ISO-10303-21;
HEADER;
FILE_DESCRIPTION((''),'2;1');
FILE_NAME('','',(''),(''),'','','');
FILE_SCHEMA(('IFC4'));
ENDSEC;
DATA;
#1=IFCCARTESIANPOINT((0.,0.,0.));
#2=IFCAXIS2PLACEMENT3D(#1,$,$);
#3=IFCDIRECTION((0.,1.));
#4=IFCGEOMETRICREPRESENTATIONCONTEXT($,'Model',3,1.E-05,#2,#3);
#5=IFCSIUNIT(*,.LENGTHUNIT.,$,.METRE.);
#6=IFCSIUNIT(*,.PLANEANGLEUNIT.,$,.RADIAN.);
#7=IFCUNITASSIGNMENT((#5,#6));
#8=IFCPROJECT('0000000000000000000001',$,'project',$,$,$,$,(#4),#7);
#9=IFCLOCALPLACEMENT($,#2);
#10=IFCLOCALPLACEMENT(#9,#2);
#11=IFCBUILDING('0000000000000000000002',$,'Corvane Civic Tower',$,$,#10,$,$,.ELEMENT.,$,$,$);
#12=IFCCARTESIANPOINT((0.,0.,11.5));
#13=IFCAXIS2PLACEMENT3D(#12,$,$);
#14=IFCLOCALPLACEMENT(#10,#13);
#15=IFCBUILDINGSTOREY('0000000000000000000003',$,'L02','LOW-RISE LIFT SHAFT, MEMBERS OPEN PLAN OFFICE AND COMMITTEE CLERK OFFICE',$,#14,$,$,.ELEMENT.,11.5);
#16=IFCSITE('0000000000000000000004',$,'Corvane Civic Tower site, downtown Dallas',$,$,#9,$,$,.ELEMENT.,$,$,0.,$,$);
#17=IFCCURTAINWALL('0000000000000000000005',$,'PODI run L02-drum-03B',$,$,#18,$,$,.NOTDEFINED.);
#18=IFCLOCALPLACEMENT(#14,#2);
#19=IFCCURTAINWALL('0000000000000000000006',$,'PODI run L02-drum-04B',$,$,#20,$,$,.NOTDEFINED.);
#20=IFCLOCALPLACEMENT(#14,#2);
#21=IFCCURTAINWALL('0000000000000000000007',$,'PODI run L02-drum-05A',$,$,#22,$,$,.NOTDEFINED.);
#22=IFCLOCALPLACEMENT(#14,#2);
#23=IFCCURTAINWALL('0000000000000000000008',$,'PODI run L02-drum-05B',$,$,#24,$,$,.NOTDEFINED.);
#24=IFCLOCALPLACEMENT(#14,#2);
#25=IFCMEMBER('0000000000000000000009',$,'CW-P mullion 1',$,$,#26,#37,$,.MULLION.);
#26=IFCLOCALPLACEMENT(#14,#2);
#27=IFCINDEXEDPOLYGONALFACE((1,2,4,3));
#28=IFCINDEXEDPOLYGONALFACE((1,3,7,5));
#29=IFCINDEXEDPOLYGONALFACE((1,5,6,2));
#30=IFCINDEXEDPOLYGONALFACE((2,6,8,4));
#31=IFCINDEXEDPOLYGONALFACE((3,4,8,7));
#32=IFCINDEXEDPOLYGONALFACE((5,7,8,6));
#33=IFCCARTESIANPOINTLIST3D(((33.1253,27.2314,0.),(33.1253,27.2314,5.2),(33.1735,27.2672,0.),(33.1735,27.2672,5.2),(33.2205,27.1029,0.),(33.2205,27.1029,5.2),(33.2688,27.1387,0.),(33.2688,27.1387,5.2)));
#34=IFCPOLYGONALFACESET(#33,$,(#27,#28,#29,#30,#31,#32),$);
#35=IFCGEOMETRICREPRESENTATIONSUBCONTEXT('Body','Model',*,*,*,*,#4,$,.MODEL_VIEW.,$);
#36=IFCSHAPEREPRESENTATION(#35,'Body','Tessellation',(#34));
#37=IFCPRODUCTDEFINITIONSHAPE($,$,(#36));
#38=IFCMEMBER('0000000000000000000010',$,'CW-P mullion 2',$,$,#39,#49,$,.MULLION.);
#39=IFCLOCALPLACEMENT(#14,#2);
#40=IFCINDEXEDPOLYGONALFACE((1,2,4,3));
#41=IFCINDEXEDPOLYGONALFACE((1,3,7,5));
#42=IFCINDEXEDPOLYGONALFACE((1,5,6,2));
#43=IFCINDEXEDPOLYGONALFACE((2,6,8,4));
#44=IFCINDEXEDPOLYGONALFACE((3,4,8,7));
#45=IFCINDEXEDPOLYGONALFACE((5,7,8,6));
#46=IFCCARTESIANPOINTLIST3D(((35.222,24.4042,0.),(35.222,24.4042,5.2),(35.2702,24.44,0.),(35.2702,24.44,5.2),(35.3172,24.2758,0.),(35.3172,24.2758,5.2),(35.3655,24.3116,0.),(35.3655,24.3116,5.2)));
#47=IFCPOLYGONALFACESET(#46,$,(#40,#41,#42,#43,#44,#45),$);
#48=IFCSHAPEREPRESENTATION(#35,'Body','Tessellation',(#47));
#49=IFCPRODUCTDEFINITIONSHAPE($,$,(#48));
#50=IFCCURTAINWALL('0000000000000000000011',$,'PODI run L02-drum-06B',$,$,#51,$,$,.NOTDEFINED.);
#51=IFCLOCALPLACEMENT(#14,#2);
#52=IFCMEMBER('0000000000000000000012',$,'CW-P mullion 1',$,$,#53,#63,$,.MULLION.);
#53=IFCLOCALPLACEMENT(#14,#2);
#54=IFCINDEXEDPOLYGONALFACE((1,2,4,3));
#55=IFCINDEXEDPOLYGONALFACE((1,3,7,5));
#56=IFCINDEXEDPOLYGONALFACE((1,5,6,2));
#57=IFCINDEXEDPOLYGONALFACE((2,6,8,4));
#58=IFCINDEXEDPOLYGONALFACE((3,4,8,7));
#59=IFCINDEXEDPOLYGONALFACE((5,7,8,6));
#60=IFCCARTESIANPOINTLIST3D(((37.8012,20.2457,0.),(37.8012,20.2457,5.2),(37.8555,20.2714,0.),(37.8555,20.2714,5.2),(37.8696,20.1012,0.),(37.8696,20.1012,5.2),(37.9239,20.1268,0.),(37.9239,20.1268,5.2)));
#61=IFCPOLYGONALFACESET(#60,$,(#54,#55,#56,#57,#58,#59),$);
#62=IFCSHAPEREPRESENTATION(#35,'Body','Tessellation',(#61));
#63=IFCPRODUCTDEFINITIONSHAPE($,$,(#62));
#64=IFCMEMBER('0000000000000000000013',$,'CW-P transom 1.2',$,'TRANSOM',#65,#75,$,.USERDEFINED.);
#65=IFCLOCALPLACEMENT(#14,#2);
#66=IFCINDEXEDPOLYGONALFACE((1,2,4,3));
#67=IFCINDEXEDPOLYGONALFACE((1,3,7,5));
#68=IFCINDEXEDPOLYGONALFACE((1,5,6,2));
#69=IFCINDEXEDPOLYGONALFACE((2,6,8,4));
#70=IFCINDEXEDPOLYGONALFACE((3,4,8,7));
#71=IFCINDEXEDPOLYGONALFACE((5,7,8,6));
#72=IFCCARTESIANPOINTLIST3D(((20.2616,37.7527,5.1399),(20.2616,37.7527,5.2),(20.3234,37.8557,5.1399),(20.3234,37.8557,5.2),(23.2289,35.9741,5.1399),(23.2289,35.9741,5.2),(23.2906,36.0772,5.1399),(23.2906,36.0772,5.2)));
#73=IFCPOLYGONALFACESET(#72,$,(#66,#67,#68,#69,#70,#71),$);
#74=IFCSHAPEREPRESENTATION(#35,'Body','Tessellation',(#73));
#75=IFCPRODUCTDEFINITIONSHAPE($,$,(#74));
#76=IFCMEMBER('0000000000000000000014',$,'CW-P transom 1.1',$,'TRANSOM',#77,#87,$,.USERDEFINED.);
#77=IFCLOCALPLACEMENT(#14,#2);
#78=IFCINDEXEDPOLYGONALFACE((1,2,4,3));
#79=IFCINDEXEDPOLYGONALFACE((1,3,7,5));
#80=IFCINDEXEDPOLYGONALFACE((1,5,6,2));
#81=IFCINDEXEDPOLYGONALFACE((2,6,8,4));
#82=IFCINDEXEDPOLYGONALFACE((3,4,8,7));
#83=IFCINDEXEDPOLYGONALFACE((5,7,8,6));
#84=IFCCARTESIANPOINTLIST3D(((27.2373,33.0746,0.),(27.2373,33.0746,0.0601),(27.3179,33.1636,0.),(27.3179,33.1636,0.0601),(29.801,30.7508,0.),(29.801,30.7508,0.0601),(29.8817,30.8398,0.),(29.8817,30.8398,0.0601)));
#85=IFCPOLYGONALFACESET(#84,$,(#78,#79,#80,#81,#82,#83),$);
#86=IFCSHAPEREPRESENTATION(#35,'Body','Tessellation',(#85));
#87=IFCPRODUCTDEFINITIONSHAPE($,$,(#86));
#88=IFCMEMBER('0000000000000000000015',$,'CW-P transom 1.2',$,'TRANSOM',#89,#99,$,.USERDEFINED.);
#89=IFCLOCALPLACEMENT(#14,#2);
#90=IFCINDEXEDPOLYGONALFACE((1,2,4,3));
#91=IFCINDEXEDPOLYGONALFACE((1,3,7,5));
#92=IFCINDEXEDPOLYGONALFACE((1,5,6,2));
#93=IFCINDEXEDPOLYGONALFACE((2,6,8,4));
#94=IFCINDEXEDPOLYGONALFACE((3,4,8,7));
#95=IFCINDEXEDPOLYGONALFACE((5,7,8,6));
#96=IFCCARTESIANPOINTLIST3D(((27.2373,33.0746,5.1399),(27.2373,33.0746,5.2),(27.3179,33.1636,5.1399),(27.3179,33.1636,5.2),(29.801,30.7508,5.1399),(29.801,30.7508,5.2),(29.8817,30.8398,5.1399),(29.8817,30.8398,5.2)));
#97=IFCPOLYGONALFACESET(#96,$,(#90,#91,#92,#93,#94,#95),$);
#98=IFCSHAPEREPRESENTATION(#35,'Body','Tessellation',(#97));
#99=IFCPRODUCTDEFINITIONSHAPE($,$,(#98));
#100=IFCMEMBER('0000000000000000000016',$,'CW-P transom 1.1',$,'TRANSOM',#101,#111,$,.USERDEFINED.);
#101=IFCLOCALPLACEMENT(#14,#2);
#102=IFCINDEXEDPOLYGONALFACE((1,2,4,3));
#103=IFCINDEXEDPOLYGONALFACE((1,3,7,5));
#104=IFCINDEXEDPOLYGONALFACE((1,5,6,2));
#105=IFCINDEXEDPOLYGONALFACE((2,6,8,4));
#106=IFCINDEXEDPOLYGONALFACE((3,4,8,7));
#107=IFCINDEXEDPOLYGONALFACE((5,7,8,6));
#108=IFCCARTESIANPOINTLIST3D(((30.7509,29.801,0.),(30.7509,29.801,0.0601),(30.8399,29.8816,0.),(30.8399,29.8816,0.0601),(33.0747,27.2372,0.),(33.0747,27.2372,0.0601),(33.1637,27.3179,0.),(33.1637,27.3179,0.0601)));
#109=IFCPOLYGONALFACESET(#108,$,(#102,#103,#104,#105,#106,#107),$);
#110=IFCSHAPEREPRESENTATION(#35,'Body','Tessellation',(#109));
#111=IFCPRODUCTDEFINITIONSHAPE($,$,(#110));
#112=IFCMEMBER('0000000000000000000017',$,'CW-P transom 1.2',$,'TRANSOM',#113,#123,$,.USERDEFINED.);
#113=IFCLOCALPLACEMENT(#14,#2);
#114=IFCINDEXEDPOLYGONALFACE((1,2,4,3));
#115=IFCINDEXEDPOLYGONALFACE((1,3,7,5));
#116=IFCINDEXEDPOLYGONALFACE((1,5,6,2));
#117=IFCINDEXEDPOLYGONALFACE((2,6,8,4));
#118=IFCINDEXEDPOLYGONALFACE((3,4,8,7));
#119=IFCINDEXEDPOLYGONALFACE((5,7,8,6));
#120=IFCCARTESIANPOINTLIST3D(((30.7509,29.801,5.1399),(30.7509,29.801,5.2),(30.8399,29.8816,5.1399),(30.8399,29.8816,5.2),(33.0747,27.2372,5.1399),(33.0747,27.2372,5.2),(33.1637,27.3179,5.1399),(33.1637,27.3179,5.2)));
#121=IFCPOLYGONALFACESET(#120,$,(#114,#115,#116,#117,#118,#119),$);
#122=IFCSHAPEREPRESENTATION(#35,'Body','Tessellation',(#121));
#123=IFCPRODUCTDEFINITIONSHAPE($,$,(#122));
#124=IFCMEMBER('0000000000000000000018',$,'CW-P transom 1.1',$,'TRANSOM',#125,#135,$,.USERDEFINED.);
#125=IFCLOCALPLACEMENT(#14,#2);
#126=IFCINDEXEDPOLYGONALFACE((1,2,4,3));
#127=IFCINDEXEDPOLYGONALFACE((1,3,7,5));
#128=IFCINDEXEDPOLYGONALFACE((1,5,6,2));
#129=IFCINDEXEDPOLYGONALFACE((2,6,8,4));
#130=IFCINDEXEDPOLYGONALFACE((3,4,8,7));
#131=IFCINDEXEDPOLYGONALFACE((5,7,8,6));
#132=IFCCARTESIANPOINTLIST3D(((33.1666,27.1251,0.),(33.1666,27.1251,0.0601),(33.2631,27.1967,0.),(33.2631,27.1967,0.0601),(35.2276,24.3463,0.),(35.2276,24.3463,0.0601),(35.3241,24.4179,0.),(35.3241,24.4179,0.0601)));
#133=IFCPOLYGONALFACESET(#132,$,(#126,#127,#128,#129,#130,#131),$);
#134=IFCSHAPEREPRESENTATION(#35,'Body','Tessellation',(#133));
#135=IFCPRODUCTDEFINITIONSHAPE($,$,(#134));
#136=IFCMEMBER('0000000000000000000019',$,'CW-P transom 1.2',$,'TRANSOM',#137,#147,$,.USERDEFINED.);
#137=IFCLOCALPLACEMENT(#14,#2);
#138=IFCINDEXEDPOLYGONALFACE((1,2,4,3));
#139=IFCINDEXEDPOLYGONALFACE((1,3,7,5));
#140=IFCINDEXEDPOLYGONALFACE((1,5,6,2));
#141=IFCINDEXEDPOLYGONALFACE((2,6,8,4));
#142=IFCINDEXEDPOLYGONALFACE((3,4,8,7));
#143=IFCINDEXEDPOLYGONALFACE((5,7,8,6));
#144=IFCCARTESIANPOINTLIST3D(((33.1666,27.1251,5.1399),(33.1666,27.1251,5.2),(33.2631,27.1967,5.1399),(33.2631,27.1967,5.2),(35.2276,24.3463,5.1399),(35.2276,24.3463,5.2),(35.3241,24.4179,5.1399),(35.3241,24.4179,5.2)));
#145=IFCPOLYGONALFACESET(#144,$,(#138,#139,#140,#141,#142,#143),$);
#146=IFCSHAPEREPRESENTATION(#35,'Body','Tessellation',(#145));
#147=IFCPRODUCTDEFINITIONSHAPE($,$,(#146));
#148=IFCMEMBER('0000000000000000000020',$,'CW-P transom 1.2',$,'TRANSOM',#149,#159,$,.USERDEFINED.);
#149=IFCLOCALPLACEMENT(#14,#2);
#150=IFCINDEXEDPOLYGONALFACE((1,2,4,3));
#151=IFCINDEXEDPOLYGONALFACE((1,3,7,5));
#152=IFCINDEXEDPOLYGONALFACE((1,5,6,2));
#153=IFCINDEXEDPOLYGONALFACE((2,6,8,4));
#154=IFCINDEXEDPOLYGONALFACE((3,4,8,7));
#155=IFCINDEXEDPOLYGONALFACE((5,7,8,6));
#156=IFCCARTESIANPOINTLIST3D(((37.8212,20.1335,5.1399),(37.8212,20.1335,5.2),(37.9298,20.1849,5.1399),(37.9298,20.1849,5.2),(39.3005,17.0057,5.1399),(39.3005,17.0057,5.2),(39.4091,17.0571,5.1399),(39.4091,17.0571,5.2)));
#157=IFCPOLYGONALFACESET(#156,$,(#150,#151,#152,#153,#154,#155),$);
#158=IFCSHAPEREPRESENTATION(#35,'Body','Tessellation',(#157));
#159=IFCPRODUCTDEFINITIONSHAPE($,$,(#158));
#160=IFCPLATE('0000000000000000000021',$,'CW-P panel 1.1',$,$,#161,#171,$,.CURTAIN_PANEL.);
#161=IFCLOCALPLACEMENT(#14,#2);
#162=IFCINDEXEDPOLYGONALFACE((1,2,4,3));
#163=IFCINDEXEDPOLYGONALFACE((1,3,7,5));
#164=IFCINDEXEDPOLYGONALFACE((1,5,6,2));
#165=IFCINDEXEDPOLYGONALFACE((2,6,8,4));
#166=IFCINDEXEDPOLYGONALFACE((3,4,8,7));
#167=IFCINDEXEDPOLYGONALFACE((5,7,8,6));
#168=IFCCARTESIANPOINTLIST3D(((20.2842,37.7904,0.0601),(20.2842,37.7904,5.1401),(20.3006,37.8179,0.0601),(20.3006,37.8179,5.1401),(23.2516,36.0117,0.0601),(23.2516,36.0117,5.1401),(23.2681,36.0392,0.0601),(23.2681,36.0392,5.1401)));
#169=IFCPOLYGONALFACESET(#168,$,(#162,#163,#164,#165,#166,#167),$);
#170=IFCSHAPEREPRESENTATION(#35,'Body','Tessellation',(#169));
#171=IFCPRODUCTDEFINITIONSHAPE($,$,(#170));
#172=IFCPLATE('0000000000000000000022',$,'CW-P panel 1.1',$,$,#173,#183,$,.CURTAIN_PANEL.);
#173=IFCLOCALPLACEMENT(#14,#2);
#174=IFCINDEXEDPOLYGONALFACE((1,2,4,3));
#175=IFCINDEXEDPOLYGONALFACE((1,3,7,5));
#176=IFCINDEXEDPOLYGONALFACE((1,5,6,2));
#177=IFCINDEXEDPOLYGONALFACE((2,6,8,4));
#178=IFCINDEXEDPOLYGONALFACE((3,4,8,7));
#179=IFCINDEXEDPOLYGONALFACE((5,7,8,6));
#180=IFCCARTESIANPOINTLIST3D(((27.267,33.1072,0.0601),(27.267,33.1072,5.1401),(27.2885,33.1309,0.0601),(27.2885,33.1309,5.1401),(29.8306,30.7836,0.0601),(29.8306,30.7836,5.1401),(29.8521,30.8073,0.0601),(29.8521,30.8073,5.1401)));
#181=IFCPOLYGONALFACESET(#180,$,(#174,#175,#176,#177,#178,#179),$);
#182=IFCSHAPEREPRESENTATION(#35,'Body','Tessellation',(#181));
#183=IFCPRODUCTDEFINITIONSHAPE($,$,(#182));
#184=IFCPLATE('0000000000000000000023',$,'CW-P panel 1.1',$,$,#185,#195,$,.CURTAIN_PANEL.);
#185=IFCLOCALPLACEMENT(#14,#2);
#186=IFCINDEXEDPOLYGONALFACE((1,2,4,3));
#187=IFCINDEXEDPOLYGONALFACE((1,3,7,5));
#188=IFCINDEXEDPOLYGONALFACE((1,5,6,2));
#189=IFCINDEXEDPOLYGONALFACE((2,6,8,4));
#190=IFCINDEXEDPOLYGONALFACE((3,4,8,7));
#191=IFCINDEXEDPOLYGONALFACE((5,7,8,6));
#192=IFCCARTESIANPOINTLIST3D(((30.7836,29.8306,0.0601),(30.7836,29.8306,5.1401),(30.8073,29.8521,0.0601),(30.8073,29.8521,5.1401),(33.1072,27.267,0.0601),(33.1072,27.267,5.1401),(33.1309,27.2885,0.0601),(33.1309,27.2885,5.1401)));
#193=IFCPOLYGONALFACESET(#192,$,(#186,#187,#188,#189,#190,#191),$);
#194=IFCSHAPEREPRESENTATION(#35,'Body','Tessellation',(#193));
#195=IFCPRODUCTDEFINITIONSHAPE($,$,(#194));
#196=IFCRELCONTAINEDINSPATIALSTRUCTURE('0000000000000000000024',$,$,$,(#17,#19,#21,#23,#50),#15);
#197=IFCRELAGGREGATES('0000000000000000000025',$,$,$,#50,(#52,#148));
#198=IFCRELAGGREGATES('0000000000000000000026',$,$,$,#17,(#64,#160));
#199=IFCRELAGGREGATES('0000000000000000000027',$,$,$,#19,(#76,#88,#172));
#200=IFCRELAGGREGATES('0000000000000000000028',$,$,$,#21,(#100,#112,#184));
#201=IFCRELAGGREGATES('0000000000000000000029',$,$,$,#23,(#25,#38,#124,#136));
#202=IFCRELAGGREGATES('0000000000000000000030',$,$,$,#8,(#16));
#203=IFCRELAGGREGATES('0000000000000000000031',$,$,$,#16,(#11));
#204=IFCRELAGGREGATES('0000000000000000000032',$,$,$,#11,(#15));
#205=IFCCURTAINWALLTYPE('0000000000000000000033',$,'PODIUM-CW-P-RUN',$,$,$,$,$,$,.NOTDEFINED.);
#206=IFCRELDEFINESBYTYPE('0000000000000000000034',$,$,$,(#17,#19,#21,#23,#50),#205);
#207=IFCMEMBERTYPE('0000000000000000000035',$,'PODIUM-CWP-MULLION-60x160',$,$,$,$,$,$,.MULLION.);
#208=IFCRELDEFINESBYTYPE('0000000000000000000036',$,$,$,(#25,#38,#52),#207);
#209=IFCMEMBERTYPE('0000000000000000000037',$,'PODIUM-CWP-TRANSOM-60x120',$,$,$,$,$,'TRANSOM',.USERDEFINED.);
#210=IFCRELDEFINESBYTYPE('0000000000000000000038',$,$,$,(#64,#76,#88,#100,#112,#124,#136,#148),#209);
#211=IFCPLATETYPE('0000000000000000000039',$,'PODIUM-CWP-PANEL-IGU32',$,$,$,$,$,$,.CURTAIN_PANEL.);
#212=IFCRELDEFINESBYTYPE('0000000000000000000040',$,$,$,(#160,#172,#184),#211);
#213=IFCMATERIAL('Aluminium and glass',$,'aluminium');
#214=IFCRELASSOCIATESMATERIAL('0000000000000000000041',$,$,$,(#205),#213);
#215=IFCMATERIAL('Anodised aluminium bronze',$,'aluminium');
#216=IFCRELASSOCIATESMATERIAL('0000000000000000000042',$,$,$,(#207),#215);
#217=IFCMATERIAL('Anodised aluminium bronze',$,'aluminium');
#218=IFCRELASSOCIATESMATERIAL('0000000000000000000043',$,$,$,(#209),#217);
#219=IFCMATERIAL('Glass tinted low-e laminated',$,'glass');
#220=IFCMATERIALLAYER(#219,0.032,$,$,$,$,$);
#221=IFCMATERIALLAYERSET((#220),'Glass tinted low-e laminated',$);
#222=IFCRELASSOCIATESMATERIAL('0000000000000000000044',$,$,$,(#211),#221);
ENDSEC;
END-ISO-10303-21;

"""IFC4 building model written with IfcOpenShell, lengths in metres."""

from ifc_helpers import new_model, si_unit, direction, frame, origin, origin_2d, place, context, subcontext, project, spatial, rectangle, extrude, material, layer, layer_set, material_profile, profile_set, type_object, element, aggregate, save


model = new_model("IFC4")

# Units and contexts
model_context = context("Model", 3, precision=1e-05, world=origin(), true_north=direction((0.0, 1.0)))
body_context = subcontext(model_context, "Body", "Model", "MODEL_VIEW")
ifc_project = project(units=[si_unit("LENGTHUNIT", "METRE"), si_unit("PLANEANGLEUNIT", "RADIAN")], contexts=[model_context])

# Site, building, storey
site_placement = place(None, origin())
site = spatial("IfcSite", under=ifc_project, at=site_placement, Name="Corvane Civic Tower site, downtown Dallas", CompositionType="ELEMENT", RefElevation=0.0)
building_placement = place(site_placement, origin())
building = spatial("IfcBuilding", under=site, at=building_placement, Name="Corvane Civic Tower", CompositionType="ELEMENT")
storey_placement = place(building_placement, frame((0.0, 0.0, 11.5)))
storey = spatial("IfcBuildingStorey", under=building, at=storey_placement, Name="L02", Description="LOW-RISE LIFT SHAFT, MEMBERS OPEN PLAN OFFICE AND COMMITTEE CLERK OFFICE", CompositionType="ELEMENT", Elevation=11.5)

# Curtain wall
ifc_material_1 = material(Name="Aluminium and glass", Category="aluminium")
curtain_wall_type = type_object("IfcCurtainWallType", Name="PODIUM-CW-P-RUN", PredefinedType="NOTDEFINED", material=ifc_material_1)
curtain_wall_1_placement = place(storey_placement, origin())
curtain_wall_1 = element("IfcCurtainWall", 1, at=curtain_wall_1_placement, inside=storey, type_object=curtain_wall_type, Name="PODI run L02-drum-03B", PredefinedType="NOTDEFINED")
ifc_material_2 = material(Name="Anodised aluminium bronze", Category="aluminium")
ifc_material_profile_1 = material_profile(ifc_material_2, rectangle(XDim=0.0601, YDim=0.1599, at=origin_2d()), Name="AL 60x160")
ifc_profile_set_1 = profile_set([ifc_material_profile_1], Name="Anodised aluminium bronze")
member_type_1 = type_object("IfcMemberType", Name="PODIUM-CWP-MULLION-60x160", PredefinedType="MULLION", material=ifc_profile_set_1)

# Curtain walls, members
curtain_wall_2_placement = place(storey_placement, origin())
curtain_wall_2 = element("IfcCurtainWall", 2, at=curtain_wall_2_placement, inside=storey, type_object=curtain_wall_type, Name="PODI run L02-drum-04B", PredefinedType="NOTDEFINED")
curtain_wall_3_placement = place(storey_placement, origin())
curtain_wall_3 = element("IfcCurtainWall", 3, at=curtain_wall_3_placement, inside=storey, type_object=curtain_wall_type, Name="PODI run L02-drum-05A", PredefinedType="NOTDEFINED")
curtain_wall_4_placement = place(storey_placement, origin())
curtain_wall_4 = element("IfcCurtainWall", 4, at=curtain_wall_4_placement, inside=storey, type_object=curtain_wall_type, Name="PODI run L02-drum-05B", PredefinedType="NOTDEFINED")
member_1_placement = place(storey_placement, frame((33.197, 27.1851, 0.0), z_axis=(0.0, 0.0, 1.0), x_axis=(0.803203, 0.595705, 0.0)))
member_1 = element("IfcMember", 5, at=member_1_placement, type_object=member_type_1, Name="CW-P mullion 1", PredefinedType="MULLION", context=body_context, shape_type="SweptSolid", body=[
    extrude(rectangle(XDim=0.0601, YDim=0.1599, at=origin_2d()), origin(), (0.0, 0.0, 1.0), 5.2),
])
member_2_placement = place(storey_placement, frame((35.2937, 24.3579, 0.0), z_axis=(0.0, 0.0, 1.0), x_axis=(0.803203, 0.595705, 0.0)))
member_2 = element("IfcMember", 6, at=member_2_placement, type_object=member_type_1, Name="CW-P mullion 2", PredefinedType="MULLION", context=body_context, shape_type="SweptSolid", body=[
    extrude(rectangle(XDim=0.0601, YDim=0.1599, at=origin_2d()), origin(), (0.0, 0.0, 1.0), 5.2),
])

# Curtain wall, member
curtain_wall_5_placement = place(storey_placement, origin())
curtain_wall_5 = element("IfcCurtainWall", 7, at=curtain_wall_5_placement, inside=storey, type_object=curtain_wall_type, Name="PODI run L02-drum-06B", PredefinedType="NOTDEFINED")
member_3_placement = place(storey_placement, frame((37.8625, 20.1863, 0.0), z_axis=(0.0, 0.0, 1.0), x_axis=(0.90399, 0.427553, 0.0)))
member_3 = element("IfcMember", 8, at=member_3_placement, type_object=member_type_1, Name="CW-P mullion 1", PredefinedType="MULLION", context=body_context, shape_type="SweptSolid", body=[
    extrude(rectangle(XDim=0.0601, YDim=0.1599, at=origin_2d()), origin(), (0.0, 0.0, 1.0), 5.2),
])

# Members
ifc_material_3 = material(Name="Anodised aluminium bronze", Category="aluminium")
ifc_material_profile_2 = material_profile(ifc_material_3, rectangle(XDim=0.1201, YDim=0.0601, at=origin_2d()), Name="AL 120x60")
ifc_profile_set_2 = profile_set([ifc_material_profile_2], Name="Anodised aluminium bronze")
member_type_2 = type_object("IfcMemberType", Name="PODIUM-CWP-TRANSOM-60x120", ElementType="TRANSOM", PredefinedType="USERDEFINED", material=ifc_profile_set_2)
member_4_placement = place(storey_placement, frame((20.2925, 37.8042, 5.1699), z_axis=(0.857723, -0.514112, 0.0), x_axis=(0.514112, 0.857723, 0.0)))
member_4 = element("IfcMember", 9, at=member_4_placement, type_object=member_type_2, Name="CW-P transom 1.2", ObjectType="TRANSOM", PredefinedType="USERDEFINED", context=body_context, shape_type="SweptSolid", body=[
    extrude(rectangle(XDim=0.1201, YDim=0.0601, at=origin_2d()), origin(), (0.0, 0.0, 1.0), 3.4595),
])
member_5_placement = place(storey_placement, frame((27.2776, 33.1191, 0.03), z_axis=(0.740935, -0.671576, 0.0), x_axis=(0.671576, 0.740935, 0.0)))
member_5 = element("IfcMember", 10, at=member_5_placement, type_object=member_type_2, Name="CW-P transom 1.1", ObjectType="TRANSOM", PredefinedType="USERDEFINED", context=body_context, shape_type="SweptSolid", body=[
    extrude(rectangle(XDim=0.1201, YDim=0.0601, at=origin_2d()), origin(), (0.0, 0.0, 1.0), 3.4602),
])
member_6_placement = place(storey_placement, frame((27.2776, 33.1191, 5.1699), z_axis=(0.740935, -0.671576, 0.0), x_axis=(0.671576, 0.740935, 0.0)))
member_6 = element("IfcMember", 11, at=member_6_placement, type_object=member_type_2, Name="CW-P transom 1.2", ObjectType="TRANSOM", PredefinedType="USERDEFINED", context=body_context, shape_type="SweptSolid", body=[
    extrude(rectangle(XDim=0.1201, YDim=0.0601, at=origin_2d()), origin(), (0.0, 0.0, 1.0), 3.4602),
])
member_7_placement = place(storey_placement, frame((30.7954, 29.8413, 0.03), z_axis=(0.671576, -0.740935, 0.0), x_axis=(0.740935, 0.671576, 0.0)))
member_7 = element("IfcMember", 12, at=member_7_placement, type_object=member_type_2, Name="CW-P transom 1.1", ObjectType="TRANSOM", PredefinedType="USERDEFINED", context=body_context, shape_type="SweptSolid", body=[
    extrude(rectangle(XDim=0.1201, YDim=0.0601, at=origin_2d()), origin(), (0.0, 0.0, 1.0), 3.4602),
])
member_8_placement = place(storey_placement, frame((30.7954, 29.8413, 5.1699), z_axis=(0.671576, -0.740935, 0.0), x_axis=(0.740935, 0.671576, 0.0)))
member_8 = element("IfcMember", 13, at=member_8_placement, type_object=member_type_2, Name="CW-P transom 1.2", ObjectType="TRANSOM", PredefinedType="USERDEFINED", context=body_context, shape_type="SweptSolid", body=[
    extrude(rectangle(XDim=0.1201, YDim=0.0601, at=origin_2d()), origin(), (0.0, 0.0, 1.0), 3.4602),
])
member_9_placement = place(storey_placement, frame((33.2148, 27.1609, 0.03), z_axis=(0.595724, -0.80319, 0.0), x_axis=(0.80319, 0.595724, 0.0)))
member_9 = element("IfcMember", 14, at=member_9_placement, type_object=member_type_2, Name="CW-P transom 1.1", ObjectType="TRANSOM", PredefinedType="USERDEFINED", context=body_context, shape_type="SweptSolid", body=[
    extrude(rectangle(XDim=0.1201, YDim=0.0601, at=origin_2d()), origin(), (0.0, 0.0, 1.0), 3.4597),
])
member_10_placement = place(storey_placement, frame((33.2148, 27.1609, 5.1699), z_axis=(0.595724, -0.80319, 0.0), x_axis=(0.80319, 0.595724, 0.0)))
member_10 = element("IfcMember", 15, at=member_10_placement, type_object=member_type_2, Name="CW-P transom 1.2", ObjectType="TRANSOM", PredefinedType="USERDEFINED", context=body_context, shape_type="SweptSolid", body=[
    extrude(rectangle(XDim=0.1201, YDim=0.0601, at=origin_2d()), origin(), (0.0, 0.0, 1.0), 3.4597),
])
member_11_placement = place(storey_placement, frame((37.8755, 20.1592, 5.1699), z_axis=(0.427546, -0.903993, 0.0), x_axis=(0.903993, 0.427546, 0.0)))
member_11 = element("IfcMember", 16, at=member_11_placement, type_object=member_type_2, Name="CW-P transom 1.2", ObjectType="TRANSOM", PredefinedType="USERDEFINED", context=body_context, shape_type="SweptSolid", body=[
    extrude(rectangle(XDim=0.1201, YDim=0.0601, at=origin_2d()), origin(), (0.0, 0.0, 1.0), 3.46),
])
aggregate(curtain_wall_5, [member_3, member_11])

# Plates
ifc_material_4 = material(Name="Glass tinted low-e laminated", Category="glass")
ifc_layer_1 = layer(ifc_material_4, 0.032)
ifc_layer_set_1 = layer_set([ifc_layer_1], Name="Glass tinted low-e laminated")
plate_type = type_object("IfcPlateType", Name="PODIUM-CWP-PANEL-IGU32", PredefinedType="CURTAIN_PANEL", material=ifc_layer_set_1)
plate_1_placement = place(storey_placement, frame((21.7761, 36.9148, 0.0601), z_axis=(0.0, 0.0, 1.0), x_axis=(0.85772, -0.514118, 0.0)))
plate_1 = element("IfcPlate", 17, at=plate_1_placement, type_object=plate_type, Name="CW-P panel 1.1", PredefinedType="CURTAIN_PANEL", context=body_context, shape_type="SweptSolid", body=[
    extrude(rectangle(XDim=3.4597, YDim=0.032, at=origin_2d()), origin(), (0.0, 0.0, 1.0), 5.0801),
])
aggregate(curtain_wall_1, [member_4, plate_1])
plate_2_placement = place(storey_placement, frame((28.5596, 31.9573, 0.0601), z_axis=(0.0, 0.0, 1.0), x_axis=(0.740935, -0.671576, 0.0)))
plate_2 = element("IfcPlate", 18, at=plate_2_placement, type_object=plate_type, Name="CW-P panel 1.1", PredefinedType="CURTAIN_PANEL", context=body_context, shape_type="SweptSolid", body=[
    extrude(rectangle(XDim=3.46, YDim=0.032, at=origin_2d()), origin(), (0.0, 0.0, 1.0), 5.0801),
])
aggregate(curtain_wall_2, [member_5, member_6, plate_2])
plate_3_placement = place(storey_placement, frame((31.9573, 28.5596, 0.0601), z_axis=(0.0, 0.0, 1.0), x_axis=(0.671576, -0.740935, 0.0)))
plate_3 = element("IfcPlate", 19, at=plate_3_placement, type_object=plate_type, Name="CW-P panel 1.1", PredefinedType="CURTAIN_PANEL", context=body_context, shape_type="SweptSolid", body=[
    extrude(rectangle(XDim=3.46, YDim=0.032, at=origin_2d()), origin(), (0.0, 0.0, 1.0), 5.0801),
])
aggregate(curtain_wall_3, [member_7, member_8, plate_3])
aggregate(curtain_wall_4, [member_1, member_2, member_9, member_10])

save(model, "model.ifc")
